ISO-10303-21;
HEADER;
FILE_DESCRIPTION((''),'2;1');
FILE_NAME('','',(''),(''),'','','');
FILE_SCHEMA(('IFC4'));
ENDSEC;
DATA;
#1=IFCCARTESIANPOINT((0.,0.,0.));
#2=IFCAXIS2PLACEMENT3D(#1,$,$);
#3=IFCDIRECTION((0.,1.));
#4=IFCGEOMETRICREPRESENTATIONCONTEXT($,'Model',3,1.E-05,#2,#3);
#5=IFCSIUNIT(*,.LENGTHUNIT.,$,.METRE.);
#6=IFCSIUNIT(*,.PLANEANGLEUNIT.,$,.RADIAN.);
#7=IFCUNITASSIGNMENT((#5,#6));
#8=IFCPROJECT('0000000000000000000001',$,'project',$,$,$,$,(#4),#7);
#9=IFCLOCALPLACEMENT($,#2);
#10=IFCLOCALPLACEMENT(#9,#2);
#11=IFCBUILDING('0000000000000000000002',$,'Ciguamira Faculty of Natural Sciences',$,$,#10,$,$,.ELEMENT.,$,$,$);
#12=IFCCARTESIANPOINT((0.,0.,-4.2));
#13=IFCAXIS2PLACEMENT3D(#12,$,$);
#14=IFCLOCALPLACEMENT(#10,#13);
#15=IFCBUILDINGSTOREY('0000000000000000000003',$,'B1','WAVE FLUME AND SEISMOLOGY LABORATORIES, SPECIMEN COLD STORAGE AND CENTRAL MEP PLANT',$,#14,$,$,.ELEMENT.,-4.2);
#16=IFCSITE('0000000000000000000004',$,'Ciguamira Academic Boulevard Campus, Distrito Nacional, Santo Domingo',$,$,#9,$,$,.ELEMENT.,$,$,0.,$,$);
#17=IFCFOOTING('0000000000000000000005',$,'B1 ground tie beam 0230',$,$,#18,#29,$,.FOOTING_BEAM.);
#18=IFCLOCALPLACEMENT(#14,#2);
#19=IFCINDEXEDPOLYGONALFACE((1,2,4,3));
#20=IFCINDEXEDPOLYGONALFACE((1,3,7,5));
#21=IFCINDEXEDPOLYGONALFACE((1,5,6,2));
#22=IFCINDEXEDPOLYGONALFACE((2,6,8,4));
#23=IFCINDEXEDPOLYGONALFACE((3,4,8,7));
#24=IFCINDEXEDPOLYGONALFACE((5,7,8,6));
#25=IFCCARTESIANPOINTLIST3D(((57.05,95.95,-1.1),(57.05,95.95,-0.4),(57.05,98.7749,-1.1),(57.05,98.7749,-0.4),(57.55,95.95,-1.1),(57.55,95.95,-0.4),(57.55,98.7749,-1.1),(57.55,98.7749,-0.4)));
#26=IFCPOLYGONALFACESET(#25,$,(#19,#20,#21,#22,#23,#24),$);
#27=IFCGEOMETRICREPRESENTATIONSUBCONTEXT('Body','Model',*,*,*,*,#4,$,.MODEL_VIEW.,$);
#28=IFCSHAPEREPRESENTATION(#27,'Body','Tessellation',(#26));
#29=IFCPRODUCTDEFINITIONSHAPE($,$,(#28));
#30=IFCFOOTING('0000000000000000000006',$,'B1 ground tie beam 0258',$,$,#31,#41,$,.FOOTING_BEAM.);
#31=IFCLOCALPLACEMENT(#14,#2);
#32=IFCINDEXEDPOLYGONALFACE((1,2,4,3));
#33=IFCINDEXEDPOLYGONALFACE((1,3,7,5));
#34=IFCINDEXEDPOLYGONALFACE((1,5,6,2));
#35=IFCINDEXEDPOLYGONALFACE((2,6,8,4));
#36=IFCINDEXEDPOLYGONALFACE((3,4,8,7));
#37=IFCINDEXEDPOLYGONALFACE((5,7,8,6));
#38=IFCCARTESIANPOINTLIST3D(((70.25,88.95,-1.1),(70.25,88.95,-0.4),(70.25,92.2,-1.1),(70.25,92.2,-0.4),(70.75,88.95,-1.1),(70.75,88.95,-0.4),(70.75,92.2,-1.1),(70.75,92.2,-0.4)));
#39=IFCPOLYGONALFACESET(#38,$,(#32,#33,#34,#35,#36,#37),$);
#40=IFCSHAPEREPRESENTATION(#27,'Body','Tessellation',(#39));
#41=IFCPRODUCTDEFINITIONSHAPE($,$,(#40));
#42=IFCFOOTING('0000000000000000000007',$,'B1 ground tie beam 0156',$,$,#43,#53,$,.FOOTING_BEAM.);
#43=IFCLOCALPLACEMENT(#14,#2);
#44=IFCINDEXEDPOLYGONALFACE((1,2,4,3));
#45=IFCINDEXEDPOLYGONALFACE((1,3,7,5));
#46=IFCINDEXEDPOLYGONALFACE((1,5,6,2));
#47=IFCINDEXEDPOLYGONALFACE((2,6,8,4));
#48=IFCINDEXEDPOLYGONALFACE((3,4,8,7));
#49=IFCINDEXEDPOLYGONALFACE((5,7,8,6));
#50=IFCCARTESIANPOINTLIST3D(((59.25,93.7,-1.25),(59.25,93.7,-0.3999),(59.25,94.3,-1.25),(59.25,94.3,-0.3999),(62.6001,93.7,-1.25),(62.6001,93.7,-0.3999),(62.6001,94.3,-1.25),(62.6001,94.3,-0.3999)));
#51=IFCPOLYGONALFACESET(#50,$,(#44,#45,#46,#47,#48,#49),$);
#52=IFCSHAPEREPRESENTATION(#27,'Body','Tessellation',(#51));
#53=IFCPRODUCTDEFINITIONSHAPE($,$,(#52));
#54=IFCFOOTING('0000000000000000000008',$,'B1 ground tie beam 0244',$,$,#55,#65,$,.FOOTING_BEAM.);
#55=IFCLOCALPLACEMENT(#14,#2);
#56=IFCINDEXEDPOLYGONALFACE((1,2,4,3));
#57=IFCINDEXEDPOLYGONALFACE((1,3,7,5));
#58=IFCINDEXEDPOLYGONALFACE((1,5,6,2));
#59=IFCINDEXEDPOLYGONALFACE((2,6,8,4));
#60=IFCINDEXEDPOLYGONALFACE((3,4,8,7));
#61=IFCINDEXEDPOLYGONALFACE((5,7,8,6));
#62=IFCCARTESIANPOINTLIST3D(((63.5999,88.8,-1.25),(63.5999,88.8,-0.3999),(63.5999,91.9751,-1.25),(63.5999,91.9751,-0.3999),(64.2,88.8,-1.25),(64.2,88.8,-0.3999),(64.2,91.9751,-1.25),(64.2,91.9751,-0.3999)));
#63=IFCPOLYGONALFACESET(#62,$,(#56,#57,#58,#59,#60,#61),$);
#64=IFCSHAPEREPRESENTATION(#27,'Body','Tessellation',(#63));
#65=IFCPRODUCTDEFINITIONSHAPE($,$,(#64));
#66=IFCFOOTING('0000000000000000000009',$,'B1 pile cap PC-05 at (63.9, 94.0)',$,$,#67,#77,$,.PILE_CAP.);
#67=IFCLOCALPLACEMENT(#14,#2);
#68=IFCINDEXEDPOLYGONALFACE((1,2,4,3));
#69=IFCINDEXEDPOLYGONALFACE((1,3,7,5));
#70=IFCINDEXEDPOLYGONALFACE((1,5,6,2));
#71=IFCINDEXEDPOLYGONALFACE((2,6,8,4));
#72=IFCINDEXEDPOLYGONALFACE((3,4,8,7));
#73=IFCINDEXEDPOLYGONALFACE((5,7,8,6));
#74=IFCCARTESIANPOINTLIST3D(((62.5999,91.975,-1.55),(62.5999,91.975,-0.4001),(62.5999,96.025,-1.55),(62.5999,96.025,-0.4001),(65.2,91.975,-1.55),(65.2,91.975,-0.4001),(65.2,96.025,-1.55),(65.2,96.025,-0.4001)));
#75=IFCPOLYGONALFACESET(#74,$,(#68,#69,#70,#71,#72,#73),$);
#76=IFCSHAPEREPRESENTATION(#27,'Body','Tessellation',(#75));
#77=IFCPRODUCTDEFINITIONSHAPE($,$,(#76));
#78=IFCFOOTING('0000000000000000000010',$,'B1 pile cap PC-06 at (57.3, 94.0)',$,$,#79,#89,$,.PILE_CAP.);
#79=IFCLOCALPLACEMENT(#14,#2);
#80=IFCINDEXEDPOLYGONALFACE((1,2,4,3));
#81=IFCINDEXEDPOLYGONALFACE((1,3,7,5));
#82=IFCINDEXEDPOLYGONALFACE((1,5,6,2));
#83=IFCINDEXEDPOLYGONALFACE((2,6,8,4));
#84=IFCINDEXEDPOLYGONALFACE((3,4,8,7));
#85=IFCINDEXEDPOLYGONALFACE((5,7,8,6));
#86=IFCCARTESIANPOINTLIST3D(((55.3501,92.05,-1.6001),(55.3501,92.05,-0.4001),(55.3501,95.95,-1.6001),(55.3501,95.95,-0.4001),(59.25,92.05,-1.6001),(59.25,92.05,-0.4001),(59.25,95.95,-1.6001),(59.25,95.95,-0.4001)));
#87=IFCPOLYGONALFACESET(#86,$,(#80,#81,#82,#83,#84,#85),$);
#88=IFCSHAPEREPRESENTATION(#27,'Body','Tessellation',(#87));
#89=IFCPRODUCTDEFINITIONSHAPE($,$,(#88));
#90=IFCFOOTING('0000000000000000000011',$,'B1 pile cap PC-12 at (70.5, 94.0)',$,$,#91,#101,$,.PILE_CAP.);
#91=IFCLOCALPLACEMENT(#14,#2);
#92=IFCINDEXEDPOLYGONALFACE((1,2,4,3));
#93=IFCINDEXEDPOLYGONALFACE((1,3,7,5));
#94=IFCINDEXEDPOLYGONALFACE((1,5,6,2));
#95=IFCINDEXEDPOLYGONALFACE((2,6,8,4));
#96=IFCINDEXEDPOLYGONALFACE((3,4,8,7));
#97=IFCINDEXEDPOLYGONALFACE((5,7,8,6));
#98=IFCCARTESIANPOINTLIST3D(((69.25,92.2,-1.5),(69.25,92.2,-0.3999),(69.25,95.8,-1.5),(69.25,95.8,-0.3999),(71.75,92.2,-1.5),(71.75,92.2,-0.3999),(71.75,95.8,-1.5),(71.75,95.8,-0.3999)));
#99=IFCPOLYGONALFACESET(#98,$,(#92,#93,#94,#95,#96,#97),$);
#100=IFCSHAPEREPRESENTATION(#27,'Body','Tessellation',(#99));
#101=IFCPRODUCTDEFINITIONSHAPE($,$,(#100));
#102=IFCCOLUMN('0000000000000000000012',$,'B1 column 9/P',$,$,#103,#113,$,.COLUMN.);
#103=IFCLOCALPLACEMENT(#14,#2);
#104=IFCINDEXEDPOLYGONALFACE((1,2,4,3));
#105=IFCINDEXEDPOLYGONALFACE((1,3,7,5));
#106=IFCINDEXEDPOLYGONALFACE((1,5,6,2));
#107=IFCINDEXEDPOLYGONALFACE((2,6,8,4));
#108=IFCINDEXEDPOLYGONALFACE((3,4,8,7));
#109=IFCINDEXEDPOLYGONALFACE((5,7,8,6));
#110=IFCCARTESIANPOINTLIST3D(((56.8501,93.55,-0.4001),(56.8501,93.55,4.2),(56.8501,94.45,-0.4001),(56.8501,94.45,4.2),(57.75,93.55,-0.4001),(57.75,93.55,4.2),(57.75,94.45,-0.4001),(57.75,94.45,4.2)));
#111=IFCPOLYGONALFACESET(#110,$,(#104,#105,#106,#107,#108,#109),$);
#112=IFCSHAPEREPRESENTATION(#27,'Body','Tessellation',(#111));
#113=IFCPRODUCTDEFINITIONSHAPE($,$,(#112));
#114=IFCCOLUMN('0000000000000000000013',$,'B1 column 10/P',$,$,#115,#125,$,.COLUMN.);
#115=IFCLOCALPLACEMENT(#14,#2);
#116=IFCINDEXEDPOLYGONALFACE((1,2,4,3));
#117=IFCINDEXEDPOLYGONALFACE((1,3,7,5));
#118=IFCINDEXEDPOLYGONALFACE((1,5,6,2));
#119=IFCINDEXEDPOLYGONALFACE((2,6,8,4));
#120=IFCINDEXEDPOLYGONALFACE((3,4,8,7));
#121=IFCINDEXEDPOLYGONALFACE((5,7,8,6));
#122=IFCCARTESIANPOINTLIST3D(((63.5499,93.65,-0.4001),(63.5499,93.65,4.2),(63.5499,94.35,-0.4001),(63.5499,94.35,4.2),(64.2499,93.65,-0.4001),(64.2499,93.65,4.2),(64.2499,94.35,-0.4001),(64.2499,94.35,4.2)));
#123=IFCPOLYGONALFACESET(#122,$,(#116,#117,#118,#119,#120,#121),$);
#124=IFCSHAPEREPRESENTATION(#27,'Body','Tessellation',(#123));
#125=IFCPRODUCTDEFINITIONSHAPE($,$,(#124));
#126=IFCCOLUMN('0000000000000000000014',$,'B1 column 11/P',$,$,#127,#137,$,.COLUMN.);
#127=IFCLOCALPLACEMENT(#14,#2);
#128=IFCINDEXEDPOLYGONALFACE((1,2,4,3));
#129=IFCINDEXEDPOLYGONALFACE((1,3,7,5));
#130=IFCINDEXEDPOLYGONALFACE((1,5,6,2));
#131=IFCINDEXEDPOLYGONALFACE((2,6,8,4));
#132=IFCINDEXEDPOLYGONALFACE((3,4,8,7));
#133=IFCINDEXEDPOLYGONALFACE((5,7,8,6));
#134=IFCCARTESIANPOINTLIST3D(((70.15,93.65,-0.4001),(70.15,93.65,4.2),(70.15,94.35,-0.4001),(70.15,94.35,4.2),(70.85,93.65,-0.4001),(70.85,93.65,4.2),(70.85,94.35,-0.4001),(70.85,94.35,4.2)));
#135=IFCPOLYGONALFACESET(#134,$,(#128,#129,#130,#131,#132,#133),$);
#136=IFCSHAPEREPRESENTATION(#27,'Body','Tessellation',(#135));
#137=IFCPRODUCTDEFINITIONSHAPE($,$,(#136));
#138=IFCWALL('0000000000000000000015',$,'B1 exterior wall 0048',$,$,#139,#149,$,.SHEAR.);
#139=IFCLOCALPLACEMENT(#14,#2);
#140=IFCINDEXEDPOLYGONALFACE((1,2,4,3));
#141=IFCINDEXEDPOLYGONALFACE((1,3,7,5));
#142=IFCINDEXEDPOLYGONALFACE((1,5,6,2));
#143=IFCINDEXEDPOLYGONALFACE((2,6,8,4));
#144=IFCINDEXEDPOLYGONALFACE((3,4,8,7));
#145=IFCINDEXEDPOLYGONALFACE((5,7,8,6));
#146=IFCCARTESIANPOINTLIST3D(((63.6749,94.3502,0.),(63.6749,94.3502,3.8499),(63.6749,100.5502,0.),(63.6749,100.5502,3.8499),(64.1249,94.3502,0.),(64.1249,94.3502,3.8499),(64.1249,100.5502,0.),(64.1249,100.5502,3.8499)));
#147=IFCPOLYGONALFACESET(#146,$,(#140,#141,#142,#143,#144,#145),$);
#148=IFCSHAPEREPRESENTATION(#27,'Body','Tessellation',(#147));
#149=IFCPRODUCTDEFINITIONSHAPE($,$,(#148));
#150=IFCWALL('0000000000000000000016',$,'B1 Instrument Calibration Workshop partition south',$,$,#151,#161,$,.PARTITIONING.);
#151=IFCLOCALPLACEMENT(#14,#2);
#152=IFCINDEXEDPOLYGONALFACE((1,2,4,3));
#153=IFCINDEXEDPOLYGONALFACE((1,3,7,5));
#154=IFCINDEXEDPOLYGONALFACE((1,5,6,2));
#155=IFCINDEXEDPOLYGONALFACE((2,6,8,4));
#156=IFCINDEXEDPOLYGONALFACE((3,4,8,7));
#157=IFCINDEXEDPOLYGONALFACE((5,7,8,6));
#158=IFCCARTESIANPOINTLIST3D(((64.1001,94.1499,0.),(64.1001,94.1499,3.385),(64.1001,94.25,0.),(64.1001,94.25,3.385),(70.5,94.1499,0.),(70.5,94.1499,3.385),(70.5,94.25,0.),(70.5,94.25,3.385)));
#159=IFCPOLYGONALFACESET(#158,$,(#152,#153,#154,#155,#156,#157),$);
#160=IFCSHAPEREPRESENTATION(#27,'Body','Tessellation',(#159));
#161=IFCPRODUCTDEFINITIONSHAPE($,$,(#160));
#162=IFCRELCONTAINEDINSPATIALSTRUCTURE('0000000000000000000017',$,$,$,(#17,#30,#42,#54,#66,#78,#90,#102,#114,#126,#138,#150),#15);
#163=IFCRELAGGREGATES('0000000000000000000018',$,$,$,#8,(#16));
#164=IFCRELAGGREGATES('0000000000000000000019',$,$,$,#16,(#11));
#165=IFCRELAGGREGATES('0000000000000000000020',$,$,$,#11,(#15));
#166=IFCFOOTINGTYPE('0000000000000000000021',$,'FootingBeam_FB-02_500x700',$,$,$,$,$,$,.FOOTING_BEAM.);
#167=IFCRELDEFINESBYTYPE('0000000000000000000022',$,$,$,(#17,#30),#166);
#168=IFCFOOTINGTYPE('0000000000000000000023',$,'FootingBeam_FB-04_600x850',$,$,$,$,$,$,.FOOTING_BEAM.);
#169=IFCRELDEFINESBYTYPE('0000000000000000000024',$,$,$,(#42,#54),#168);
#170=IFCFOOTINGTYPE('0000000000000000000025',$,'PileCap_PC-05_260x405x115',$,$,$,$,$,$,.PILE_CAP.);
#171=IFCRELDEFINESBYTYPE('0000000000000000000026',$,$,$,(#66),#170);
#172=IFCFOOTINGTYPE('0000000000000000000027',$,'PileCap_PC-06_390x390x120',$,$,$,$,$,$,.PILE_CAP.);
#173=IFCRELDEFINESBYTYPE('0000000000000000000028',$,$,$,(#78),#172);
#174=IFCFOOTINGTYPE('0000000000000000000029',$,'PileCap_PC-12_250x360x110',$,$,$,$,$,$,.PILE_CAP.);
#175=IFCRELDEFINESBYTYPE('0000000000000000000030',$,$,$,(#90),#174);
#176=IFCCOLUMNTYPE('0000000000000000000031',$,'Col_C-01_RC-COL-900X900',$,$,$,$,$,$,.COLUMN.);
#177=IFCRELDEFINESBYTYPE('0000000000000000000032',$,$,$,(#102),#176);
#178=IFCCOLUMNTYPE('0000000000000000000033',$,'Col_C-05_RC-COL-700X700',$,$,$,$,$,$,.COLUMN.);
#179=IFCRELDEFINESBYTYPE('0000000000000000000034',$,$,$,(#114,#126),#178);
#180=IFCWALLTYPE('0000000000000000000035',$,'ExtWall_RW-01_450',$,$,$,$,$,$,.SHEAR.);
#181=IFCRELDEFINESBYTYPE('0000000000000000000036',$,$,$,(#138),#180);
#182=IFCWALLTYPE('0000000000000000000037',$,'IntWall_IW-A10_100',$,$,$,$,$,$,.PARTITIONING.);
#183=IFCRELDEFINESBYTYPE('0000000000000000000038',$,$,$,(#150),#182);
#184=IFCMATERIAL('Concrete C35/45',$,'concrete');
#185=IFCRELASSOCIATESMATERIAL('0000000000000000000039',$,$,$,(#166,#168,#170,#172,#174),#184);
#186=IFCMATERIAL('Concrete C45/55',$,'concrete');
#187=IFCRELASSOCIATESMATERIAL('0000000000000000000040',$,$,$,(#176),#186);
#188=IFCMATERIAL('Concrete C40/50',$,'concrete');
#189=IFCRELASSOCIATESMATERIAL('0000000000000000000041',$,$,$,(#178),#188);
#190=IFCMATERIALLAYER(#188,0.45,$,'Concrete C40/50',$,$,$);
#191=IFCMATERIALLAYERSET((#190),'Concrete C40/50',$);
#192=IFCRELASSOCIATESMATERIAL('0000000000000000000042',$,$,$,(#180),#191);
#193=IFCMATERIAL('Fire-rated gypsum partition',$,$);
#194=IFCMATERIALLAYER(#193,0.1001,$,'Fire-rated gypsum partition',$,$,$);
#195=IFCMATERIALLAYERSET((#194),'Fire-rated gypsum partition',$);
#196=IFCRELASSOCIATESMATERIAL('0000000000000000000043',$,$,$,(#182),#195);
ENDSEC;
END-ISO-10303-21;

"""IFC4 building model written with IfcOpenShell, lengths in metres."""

from ifc_helpers import new_model, si_unit, direction, frame, frame_2d, origin, origin_2d, place, context, subcontext, project, spatial, rectangle, extrude, material, layer, layer_set, material_profile, profile_set, type_object, element, save


model = new_model("IFC4")

# Units and contexts
model_context = context("Model", 3, precision=1e-05, world=origin(), true_north=direction((0.0, 1.0)))
body_context = subcontext(model_context, "Body", "Model", "MODEL_VIEW")
ifc_project = project(units=[si_unit("LENGTHUNIT", "METRE"), si_unit("PLANEANGLEUNIT", "RADIAN")], contexts=[model_context])

# Site, building, storey
site_placement = place(None, origin())
site = spatial("IfcSite", under=ifc_project, at=site_placement, Name="Ciguamira Academic Boulevard Campus, Distrito Nacional, Santo Domingo", CompositionType="ELEMENT", RefElevation=0.0)
building_placement = place(site_placement, origin())
building = spatial("IfcBuilding", under=site, at=building_placement, Name="Ciguamira Faculty of Natural Sciences", CompositionType="ELEMENT")
storey_placement = place(building_placement, frame((0.0, 0.0, -4.2)))
storey = spatial("IfcBuildingStorey", under=building, at=storey_placement, Name="B1", Description="WAVE FLUME AND SEISMOLOGY LABORATORIES, SPECIMEN COLD STORAGE AND CENTRAL MEP PLANT", CompositionType="ELEMENT", Elevation=-4.2)

# Shared definitions
ifc_material_1 = material(Name="Concrete C35/45", Category="concrete")

# Footings
ifc_material_profile_1 = material_profile(ifc_material_1, rectangle(XDim=0.5, YDim=0.7, at=origin_2d()), Name="RC-FB-500X700")
ifc_profile_set_1 = profile_set([ifc_material_profile_1], Name="Concrete C35/45")
footing_type_1 = type_object("IfcFootingType", Name="FootingBeam_FB-02_500x700", PredefinedType="FOOTING_BEAM", material=ifc_profile_set_1)
footing_1_placement = place(storey_placement, frame((57.3, 95.95, -0.75), z_axis=(0.0, 1.0, 0.0), x_axis=(-1.0, 0.0, 0.0)))
element("IfcFooting", 1, at=footing_1_placement, inside=storey, type_object=footing_type_1, Name="B1 ground tie beam 0230", PredefinedType="FOOTING_BEAM", context=body_context, shape_type="SweptSolid", body=[
    extrude(rectangle(XDim=0.5, YDim=0.7, at=origin_2d()), origin(), (0.0, 0.0, 1.0), 2.825),
])
footing_2_placement = place(storey_placement, frame((70.5, 88.95, -0.75), z_axis=(0.0, 1.0, 0.0), x_axis=(-1.0, 0.0, 0.0)))
element("IfcFooting", 2, at=footing_2_placement, inside=storey, type_object=footing_type_1, Name="B1 ground tie beam 0258", PredefinedType="FOOTING_BEAM", context=body_context, shape_type="SweptSolid", body=[
    extrude(rectangle(XDim=0.5, YDim=0.7, at=origin_2d()), origin(), (0.0, 0.0, 1.0), 3.25),
])
ifc_material_profile_2 = material_profile(ifc_material_1, rectangle(XDim=0.6001, YDim=0.8501, at=origin_2d()), Name="RC-FB-600X850")
ifc_profile_set_2 = profile_set([ifc_material_profile_2], Name="Concrete C35/45")
footing_type_2 = type_object("IfcFootingType", Name="FootingBeam_FB-04_600x850", PredefinedType="FOOTING_BEAM", material=ifc_profile_set_2)
footing_3_placement = place(storey_placement, frame((59.25, 94.0, -0.825), z_axis=(1.0, 0.0, 0.0), x_axis=(0.0, 1.0, 0.0)))
element("IfcFooting", 3, at=footing_3_placement, inside=storey, type_object=footing_type_2, Name="B1 ground tie beam 0156", PredefinedType="FOOTING_BEAM", context=body_context, shape_type="SweptSolid", body=[
    extrude(rectangle(XDim=0.6001, YDim=0.8501, at=origin_2d()), origin(), (0.0, 0.0, 1.0), 3.3501),
])
footing_4_placement = place(storey_placement, frame((63.8999, 88.8, -0.825), z_axis=(0.0, 1.0, 0.0), x_axis=(-1.0, 0.0, 0.0)))
element("IfcFooting", 4, at=footing_4_placement, inside=storey, type_object=footing_type_2, Name="B1 ground tie beam 0244", PredefinedType="FOOTING_BEAM", context=body_context, shape_type="SweptSolid", body=[
    extrude(rectangle(XDim=0.6001, YDim=0.8501, at=origin_2d()), origin(), (0.0, 0.0, 1.0), 3.175),
])
footing_type_3 = type_object("IfcFootingType", Name="PileCap_PC-05_260x405x115", PredefinedType="PILE_CAP", material=ifc_material_1)
footing_5_placement = place(storey_placement, frame((63.8999, 94.0, -1.55), z_axis=(0.0, 0.0, 1.0), x_axis=(1.0, 0.0, 0.0)))
element("IfcFooting", 5, at=footing_5_placement, inside=storey, type_object=footing_type_3, Name="B1 pile cap PC-05 at (63.9, 94.0)", PredefinedType="PILE_CAP", context=body_context, shape_type="SweptSolid", body=[
    extrude(rectangle(XDim=2.6001, YDim=4.05, at=origin_2d()), origin(), (0.0, 0.0, 1.0), 1.1499),
])
footing_type_4 = type_object("IfcFootingType", Name="PileCap_PC-06_390x390x120", PredefinedType="PILE_CAP", material=ifc_material_1)
footing_6_placement = place(storey_placement, frame((57.3, 94.0, -1.6001), z_axis=(0.0, 0.0, 1.0), x_axis=(1.0, 0.0, 0.0)))
element("IfcFooting", 6, at=footing_6_placement, inside=storey, type_object=footing_type_4, Name="B1 pile cap PC-06 at (57.3, 94.0)", PredefinedType="PILE_CAP", context=body_context, shape_type="SweptSolid", body=[
    extrude(rectangle(XDim=3.8999, YDim=3.8999, at=origin_2d()), origin(), (0.0, 0.0, 1.0), 1.2),
])
footing_type_5 = type_object("IfcFootingType", Name="PileCap_PC-12_250x360x110", PredefinedType="PILE_CAP", material=ifc_material_1)
footing_7_placement = place(storey_placement, frame((70.5, 94.0, -1.5), z_axis=(0.0, 0.0, 1.0), x_axis=(1.0, 0.0, 0.0)))
element("IfcFooting", 7, at=footing_7_placement, inside=storey, type_object=footing_type_5, Name="B1 pile cap PC-12 at (70.5, 94.0)", PredefinedType="PILE_CAP", context=body_context, shape_type="SweptSolid", body=[
    extrude(rectangle(XDim=2.5, YDim=3.6001, at=origin_2d()), origin(), (0.0, 0.0, 1.0), 1.1001),
])

# Columns
ifc_material_2 = material(Name="Concrete C45/55", Category="concrete")
ifc_material_profile_3 = material_profile(ifc_material_2, rectangle(XDim=0.8999, YDim=0.8999, at=origin_2d()), Name="RC-COL-900X900")
ifc_profile_set_3 = profile_set([ifc_material_profile_3], Name="Concrete C45/55")
column_type_1 = type_object("IfcColumnType", Name="Col_C-01_RC-COL-900X900", PredefinedType="COLUMN", material=ifc_profile_set_3)
column_placement = place(storey_placement, frame((57.3, 94.0, -0.4001), z_axis=(0.0, 0.0, 1.0), x_axis=(1.0, 0.0, 0.0)))
element("IfcColumn", 8, at=column_placement, inside=storey, type_object=column_type_1, Name="B1 column 9/P", PredefinedType="COLUMN", context=body_context, shape_type="SweptSolid", body=[
    extrude(rectangle(XDim=0.8999, YDim=0.8999, at=origin_2d()), origin(), (0.0, 0.0, 1.0), 4.6001),
])
ifc_material_3 = material(Name="Concrete C40/50", Category="concrete")
ifc_material_profile_4 = material_profile(ifc_material_3, rectangle(XDim=0.7, YDim=0.7, at=origin_2d()), Name="RC-COL-700X700")
ifc_profile_set_4 = profile_set([ifc_material_profile_4], Name="Concrete C40/50")
column_type_2 = type_object("IfcColumnType", Name="Col_C-05_RC-COL-700X700", PredefinedType="COLUMN", material=ifc_profile_set_4)
for number, where, z_axis, x_axis, name in (
    (9, (63.8999, 94.0, -0.4001), (0.0, 0.0, 1.0), (1.0, 0.0, 0.0), "B1 column 10/P"),
    (10, (70.5, 94.0, -0.4001), (0.0, 0.0, 1.0), (1.0, 0.0, 0.0), "B1 column 11/P"),
):
    element("IfcColumn", number, at=place(storey_placement, frame(where, z_axis=z_axis, x_axis=x_axis)), inside=storey, type_object=column_type_2, Name=name, PredefinedType="COLUMN", context=body_context, shape_type="SweptSolid", body=[
        extrude(rectangle(XDim=0.7, YDim=0.7, at=origin_2d()), origin(), (0.0, 0.0, 1.0), 4.6001),
    ])

# Walls
ifc_layer_1 = layer(ifc_material_3, 0.45, Name="Concrete C40/50")
ifc_layer_set_1 = layer_set([ifc_layer_1], Name="Concrete C40/50")
wall_type_1 = type_object("IfcWallType", Name="ExtWall_RW-01_450", PredefinedType="SHEAR", material=ifc_layer_set_1)
wall_1_placement = place(storey_placement, frame((63.8999, 94.3501, 0.0), z_axis=(0.0, 0.0, 1.0), x_axis=(0.0, 1.0, 0.0)))
element("IfcWall", 11, at=wall_1_placement, inside=storey, type_object=wall_type_1, Name="B1 exterior wall 0048", PredefinedType="SHEAR", context=body_context, shape_type="SweptSolid", body=[
    extrude(rectangle(XDim=6.2, YDim=0.45, at=frame_2d((3.1001, 0.0))), origin(), (0.0, 0.0, 1.0), 3.8499),
])
ifc_material_4 = material(Name="Fire-rated gypsum partition")
ifc_layer_2 = layer(ifc_material_4, 0.1001, Name="Fire-rated gypsum partition")
ifc_layer_set_2 = layer_set([ifc_layer_2], Name="Fire-rated gypsum partition")
wall_type_2 = type_object("IfcWallType", Name="IntWall_IW-A10_100", PredefinedType="PARTITIONING", material=ifc_layer_set_2)
wall_2_placement = place(storey_placement, frame((64.1001, 94.2, 0.0), z_axis=(0.0, 0.0, 1.0), x_axis=(1.0, 0.0, 0.0)))
element("IfcWall", 12, at=wall_2_placement, inside=storey, type_object=wall_type_2, Name="B1 Instrument Calibration Workshop partition south", PredefinedType="PARTITIONING", context=body_context, shape_type="SweptSolid", body=[
    extrude(rectangle(XDim=6.3999, YDim=0.1001, at=frame_2d((3.2, 0.0))), origin(), (0.0, 0.0, 1.0), 3.385),
])

save(model, "model.ifc")
